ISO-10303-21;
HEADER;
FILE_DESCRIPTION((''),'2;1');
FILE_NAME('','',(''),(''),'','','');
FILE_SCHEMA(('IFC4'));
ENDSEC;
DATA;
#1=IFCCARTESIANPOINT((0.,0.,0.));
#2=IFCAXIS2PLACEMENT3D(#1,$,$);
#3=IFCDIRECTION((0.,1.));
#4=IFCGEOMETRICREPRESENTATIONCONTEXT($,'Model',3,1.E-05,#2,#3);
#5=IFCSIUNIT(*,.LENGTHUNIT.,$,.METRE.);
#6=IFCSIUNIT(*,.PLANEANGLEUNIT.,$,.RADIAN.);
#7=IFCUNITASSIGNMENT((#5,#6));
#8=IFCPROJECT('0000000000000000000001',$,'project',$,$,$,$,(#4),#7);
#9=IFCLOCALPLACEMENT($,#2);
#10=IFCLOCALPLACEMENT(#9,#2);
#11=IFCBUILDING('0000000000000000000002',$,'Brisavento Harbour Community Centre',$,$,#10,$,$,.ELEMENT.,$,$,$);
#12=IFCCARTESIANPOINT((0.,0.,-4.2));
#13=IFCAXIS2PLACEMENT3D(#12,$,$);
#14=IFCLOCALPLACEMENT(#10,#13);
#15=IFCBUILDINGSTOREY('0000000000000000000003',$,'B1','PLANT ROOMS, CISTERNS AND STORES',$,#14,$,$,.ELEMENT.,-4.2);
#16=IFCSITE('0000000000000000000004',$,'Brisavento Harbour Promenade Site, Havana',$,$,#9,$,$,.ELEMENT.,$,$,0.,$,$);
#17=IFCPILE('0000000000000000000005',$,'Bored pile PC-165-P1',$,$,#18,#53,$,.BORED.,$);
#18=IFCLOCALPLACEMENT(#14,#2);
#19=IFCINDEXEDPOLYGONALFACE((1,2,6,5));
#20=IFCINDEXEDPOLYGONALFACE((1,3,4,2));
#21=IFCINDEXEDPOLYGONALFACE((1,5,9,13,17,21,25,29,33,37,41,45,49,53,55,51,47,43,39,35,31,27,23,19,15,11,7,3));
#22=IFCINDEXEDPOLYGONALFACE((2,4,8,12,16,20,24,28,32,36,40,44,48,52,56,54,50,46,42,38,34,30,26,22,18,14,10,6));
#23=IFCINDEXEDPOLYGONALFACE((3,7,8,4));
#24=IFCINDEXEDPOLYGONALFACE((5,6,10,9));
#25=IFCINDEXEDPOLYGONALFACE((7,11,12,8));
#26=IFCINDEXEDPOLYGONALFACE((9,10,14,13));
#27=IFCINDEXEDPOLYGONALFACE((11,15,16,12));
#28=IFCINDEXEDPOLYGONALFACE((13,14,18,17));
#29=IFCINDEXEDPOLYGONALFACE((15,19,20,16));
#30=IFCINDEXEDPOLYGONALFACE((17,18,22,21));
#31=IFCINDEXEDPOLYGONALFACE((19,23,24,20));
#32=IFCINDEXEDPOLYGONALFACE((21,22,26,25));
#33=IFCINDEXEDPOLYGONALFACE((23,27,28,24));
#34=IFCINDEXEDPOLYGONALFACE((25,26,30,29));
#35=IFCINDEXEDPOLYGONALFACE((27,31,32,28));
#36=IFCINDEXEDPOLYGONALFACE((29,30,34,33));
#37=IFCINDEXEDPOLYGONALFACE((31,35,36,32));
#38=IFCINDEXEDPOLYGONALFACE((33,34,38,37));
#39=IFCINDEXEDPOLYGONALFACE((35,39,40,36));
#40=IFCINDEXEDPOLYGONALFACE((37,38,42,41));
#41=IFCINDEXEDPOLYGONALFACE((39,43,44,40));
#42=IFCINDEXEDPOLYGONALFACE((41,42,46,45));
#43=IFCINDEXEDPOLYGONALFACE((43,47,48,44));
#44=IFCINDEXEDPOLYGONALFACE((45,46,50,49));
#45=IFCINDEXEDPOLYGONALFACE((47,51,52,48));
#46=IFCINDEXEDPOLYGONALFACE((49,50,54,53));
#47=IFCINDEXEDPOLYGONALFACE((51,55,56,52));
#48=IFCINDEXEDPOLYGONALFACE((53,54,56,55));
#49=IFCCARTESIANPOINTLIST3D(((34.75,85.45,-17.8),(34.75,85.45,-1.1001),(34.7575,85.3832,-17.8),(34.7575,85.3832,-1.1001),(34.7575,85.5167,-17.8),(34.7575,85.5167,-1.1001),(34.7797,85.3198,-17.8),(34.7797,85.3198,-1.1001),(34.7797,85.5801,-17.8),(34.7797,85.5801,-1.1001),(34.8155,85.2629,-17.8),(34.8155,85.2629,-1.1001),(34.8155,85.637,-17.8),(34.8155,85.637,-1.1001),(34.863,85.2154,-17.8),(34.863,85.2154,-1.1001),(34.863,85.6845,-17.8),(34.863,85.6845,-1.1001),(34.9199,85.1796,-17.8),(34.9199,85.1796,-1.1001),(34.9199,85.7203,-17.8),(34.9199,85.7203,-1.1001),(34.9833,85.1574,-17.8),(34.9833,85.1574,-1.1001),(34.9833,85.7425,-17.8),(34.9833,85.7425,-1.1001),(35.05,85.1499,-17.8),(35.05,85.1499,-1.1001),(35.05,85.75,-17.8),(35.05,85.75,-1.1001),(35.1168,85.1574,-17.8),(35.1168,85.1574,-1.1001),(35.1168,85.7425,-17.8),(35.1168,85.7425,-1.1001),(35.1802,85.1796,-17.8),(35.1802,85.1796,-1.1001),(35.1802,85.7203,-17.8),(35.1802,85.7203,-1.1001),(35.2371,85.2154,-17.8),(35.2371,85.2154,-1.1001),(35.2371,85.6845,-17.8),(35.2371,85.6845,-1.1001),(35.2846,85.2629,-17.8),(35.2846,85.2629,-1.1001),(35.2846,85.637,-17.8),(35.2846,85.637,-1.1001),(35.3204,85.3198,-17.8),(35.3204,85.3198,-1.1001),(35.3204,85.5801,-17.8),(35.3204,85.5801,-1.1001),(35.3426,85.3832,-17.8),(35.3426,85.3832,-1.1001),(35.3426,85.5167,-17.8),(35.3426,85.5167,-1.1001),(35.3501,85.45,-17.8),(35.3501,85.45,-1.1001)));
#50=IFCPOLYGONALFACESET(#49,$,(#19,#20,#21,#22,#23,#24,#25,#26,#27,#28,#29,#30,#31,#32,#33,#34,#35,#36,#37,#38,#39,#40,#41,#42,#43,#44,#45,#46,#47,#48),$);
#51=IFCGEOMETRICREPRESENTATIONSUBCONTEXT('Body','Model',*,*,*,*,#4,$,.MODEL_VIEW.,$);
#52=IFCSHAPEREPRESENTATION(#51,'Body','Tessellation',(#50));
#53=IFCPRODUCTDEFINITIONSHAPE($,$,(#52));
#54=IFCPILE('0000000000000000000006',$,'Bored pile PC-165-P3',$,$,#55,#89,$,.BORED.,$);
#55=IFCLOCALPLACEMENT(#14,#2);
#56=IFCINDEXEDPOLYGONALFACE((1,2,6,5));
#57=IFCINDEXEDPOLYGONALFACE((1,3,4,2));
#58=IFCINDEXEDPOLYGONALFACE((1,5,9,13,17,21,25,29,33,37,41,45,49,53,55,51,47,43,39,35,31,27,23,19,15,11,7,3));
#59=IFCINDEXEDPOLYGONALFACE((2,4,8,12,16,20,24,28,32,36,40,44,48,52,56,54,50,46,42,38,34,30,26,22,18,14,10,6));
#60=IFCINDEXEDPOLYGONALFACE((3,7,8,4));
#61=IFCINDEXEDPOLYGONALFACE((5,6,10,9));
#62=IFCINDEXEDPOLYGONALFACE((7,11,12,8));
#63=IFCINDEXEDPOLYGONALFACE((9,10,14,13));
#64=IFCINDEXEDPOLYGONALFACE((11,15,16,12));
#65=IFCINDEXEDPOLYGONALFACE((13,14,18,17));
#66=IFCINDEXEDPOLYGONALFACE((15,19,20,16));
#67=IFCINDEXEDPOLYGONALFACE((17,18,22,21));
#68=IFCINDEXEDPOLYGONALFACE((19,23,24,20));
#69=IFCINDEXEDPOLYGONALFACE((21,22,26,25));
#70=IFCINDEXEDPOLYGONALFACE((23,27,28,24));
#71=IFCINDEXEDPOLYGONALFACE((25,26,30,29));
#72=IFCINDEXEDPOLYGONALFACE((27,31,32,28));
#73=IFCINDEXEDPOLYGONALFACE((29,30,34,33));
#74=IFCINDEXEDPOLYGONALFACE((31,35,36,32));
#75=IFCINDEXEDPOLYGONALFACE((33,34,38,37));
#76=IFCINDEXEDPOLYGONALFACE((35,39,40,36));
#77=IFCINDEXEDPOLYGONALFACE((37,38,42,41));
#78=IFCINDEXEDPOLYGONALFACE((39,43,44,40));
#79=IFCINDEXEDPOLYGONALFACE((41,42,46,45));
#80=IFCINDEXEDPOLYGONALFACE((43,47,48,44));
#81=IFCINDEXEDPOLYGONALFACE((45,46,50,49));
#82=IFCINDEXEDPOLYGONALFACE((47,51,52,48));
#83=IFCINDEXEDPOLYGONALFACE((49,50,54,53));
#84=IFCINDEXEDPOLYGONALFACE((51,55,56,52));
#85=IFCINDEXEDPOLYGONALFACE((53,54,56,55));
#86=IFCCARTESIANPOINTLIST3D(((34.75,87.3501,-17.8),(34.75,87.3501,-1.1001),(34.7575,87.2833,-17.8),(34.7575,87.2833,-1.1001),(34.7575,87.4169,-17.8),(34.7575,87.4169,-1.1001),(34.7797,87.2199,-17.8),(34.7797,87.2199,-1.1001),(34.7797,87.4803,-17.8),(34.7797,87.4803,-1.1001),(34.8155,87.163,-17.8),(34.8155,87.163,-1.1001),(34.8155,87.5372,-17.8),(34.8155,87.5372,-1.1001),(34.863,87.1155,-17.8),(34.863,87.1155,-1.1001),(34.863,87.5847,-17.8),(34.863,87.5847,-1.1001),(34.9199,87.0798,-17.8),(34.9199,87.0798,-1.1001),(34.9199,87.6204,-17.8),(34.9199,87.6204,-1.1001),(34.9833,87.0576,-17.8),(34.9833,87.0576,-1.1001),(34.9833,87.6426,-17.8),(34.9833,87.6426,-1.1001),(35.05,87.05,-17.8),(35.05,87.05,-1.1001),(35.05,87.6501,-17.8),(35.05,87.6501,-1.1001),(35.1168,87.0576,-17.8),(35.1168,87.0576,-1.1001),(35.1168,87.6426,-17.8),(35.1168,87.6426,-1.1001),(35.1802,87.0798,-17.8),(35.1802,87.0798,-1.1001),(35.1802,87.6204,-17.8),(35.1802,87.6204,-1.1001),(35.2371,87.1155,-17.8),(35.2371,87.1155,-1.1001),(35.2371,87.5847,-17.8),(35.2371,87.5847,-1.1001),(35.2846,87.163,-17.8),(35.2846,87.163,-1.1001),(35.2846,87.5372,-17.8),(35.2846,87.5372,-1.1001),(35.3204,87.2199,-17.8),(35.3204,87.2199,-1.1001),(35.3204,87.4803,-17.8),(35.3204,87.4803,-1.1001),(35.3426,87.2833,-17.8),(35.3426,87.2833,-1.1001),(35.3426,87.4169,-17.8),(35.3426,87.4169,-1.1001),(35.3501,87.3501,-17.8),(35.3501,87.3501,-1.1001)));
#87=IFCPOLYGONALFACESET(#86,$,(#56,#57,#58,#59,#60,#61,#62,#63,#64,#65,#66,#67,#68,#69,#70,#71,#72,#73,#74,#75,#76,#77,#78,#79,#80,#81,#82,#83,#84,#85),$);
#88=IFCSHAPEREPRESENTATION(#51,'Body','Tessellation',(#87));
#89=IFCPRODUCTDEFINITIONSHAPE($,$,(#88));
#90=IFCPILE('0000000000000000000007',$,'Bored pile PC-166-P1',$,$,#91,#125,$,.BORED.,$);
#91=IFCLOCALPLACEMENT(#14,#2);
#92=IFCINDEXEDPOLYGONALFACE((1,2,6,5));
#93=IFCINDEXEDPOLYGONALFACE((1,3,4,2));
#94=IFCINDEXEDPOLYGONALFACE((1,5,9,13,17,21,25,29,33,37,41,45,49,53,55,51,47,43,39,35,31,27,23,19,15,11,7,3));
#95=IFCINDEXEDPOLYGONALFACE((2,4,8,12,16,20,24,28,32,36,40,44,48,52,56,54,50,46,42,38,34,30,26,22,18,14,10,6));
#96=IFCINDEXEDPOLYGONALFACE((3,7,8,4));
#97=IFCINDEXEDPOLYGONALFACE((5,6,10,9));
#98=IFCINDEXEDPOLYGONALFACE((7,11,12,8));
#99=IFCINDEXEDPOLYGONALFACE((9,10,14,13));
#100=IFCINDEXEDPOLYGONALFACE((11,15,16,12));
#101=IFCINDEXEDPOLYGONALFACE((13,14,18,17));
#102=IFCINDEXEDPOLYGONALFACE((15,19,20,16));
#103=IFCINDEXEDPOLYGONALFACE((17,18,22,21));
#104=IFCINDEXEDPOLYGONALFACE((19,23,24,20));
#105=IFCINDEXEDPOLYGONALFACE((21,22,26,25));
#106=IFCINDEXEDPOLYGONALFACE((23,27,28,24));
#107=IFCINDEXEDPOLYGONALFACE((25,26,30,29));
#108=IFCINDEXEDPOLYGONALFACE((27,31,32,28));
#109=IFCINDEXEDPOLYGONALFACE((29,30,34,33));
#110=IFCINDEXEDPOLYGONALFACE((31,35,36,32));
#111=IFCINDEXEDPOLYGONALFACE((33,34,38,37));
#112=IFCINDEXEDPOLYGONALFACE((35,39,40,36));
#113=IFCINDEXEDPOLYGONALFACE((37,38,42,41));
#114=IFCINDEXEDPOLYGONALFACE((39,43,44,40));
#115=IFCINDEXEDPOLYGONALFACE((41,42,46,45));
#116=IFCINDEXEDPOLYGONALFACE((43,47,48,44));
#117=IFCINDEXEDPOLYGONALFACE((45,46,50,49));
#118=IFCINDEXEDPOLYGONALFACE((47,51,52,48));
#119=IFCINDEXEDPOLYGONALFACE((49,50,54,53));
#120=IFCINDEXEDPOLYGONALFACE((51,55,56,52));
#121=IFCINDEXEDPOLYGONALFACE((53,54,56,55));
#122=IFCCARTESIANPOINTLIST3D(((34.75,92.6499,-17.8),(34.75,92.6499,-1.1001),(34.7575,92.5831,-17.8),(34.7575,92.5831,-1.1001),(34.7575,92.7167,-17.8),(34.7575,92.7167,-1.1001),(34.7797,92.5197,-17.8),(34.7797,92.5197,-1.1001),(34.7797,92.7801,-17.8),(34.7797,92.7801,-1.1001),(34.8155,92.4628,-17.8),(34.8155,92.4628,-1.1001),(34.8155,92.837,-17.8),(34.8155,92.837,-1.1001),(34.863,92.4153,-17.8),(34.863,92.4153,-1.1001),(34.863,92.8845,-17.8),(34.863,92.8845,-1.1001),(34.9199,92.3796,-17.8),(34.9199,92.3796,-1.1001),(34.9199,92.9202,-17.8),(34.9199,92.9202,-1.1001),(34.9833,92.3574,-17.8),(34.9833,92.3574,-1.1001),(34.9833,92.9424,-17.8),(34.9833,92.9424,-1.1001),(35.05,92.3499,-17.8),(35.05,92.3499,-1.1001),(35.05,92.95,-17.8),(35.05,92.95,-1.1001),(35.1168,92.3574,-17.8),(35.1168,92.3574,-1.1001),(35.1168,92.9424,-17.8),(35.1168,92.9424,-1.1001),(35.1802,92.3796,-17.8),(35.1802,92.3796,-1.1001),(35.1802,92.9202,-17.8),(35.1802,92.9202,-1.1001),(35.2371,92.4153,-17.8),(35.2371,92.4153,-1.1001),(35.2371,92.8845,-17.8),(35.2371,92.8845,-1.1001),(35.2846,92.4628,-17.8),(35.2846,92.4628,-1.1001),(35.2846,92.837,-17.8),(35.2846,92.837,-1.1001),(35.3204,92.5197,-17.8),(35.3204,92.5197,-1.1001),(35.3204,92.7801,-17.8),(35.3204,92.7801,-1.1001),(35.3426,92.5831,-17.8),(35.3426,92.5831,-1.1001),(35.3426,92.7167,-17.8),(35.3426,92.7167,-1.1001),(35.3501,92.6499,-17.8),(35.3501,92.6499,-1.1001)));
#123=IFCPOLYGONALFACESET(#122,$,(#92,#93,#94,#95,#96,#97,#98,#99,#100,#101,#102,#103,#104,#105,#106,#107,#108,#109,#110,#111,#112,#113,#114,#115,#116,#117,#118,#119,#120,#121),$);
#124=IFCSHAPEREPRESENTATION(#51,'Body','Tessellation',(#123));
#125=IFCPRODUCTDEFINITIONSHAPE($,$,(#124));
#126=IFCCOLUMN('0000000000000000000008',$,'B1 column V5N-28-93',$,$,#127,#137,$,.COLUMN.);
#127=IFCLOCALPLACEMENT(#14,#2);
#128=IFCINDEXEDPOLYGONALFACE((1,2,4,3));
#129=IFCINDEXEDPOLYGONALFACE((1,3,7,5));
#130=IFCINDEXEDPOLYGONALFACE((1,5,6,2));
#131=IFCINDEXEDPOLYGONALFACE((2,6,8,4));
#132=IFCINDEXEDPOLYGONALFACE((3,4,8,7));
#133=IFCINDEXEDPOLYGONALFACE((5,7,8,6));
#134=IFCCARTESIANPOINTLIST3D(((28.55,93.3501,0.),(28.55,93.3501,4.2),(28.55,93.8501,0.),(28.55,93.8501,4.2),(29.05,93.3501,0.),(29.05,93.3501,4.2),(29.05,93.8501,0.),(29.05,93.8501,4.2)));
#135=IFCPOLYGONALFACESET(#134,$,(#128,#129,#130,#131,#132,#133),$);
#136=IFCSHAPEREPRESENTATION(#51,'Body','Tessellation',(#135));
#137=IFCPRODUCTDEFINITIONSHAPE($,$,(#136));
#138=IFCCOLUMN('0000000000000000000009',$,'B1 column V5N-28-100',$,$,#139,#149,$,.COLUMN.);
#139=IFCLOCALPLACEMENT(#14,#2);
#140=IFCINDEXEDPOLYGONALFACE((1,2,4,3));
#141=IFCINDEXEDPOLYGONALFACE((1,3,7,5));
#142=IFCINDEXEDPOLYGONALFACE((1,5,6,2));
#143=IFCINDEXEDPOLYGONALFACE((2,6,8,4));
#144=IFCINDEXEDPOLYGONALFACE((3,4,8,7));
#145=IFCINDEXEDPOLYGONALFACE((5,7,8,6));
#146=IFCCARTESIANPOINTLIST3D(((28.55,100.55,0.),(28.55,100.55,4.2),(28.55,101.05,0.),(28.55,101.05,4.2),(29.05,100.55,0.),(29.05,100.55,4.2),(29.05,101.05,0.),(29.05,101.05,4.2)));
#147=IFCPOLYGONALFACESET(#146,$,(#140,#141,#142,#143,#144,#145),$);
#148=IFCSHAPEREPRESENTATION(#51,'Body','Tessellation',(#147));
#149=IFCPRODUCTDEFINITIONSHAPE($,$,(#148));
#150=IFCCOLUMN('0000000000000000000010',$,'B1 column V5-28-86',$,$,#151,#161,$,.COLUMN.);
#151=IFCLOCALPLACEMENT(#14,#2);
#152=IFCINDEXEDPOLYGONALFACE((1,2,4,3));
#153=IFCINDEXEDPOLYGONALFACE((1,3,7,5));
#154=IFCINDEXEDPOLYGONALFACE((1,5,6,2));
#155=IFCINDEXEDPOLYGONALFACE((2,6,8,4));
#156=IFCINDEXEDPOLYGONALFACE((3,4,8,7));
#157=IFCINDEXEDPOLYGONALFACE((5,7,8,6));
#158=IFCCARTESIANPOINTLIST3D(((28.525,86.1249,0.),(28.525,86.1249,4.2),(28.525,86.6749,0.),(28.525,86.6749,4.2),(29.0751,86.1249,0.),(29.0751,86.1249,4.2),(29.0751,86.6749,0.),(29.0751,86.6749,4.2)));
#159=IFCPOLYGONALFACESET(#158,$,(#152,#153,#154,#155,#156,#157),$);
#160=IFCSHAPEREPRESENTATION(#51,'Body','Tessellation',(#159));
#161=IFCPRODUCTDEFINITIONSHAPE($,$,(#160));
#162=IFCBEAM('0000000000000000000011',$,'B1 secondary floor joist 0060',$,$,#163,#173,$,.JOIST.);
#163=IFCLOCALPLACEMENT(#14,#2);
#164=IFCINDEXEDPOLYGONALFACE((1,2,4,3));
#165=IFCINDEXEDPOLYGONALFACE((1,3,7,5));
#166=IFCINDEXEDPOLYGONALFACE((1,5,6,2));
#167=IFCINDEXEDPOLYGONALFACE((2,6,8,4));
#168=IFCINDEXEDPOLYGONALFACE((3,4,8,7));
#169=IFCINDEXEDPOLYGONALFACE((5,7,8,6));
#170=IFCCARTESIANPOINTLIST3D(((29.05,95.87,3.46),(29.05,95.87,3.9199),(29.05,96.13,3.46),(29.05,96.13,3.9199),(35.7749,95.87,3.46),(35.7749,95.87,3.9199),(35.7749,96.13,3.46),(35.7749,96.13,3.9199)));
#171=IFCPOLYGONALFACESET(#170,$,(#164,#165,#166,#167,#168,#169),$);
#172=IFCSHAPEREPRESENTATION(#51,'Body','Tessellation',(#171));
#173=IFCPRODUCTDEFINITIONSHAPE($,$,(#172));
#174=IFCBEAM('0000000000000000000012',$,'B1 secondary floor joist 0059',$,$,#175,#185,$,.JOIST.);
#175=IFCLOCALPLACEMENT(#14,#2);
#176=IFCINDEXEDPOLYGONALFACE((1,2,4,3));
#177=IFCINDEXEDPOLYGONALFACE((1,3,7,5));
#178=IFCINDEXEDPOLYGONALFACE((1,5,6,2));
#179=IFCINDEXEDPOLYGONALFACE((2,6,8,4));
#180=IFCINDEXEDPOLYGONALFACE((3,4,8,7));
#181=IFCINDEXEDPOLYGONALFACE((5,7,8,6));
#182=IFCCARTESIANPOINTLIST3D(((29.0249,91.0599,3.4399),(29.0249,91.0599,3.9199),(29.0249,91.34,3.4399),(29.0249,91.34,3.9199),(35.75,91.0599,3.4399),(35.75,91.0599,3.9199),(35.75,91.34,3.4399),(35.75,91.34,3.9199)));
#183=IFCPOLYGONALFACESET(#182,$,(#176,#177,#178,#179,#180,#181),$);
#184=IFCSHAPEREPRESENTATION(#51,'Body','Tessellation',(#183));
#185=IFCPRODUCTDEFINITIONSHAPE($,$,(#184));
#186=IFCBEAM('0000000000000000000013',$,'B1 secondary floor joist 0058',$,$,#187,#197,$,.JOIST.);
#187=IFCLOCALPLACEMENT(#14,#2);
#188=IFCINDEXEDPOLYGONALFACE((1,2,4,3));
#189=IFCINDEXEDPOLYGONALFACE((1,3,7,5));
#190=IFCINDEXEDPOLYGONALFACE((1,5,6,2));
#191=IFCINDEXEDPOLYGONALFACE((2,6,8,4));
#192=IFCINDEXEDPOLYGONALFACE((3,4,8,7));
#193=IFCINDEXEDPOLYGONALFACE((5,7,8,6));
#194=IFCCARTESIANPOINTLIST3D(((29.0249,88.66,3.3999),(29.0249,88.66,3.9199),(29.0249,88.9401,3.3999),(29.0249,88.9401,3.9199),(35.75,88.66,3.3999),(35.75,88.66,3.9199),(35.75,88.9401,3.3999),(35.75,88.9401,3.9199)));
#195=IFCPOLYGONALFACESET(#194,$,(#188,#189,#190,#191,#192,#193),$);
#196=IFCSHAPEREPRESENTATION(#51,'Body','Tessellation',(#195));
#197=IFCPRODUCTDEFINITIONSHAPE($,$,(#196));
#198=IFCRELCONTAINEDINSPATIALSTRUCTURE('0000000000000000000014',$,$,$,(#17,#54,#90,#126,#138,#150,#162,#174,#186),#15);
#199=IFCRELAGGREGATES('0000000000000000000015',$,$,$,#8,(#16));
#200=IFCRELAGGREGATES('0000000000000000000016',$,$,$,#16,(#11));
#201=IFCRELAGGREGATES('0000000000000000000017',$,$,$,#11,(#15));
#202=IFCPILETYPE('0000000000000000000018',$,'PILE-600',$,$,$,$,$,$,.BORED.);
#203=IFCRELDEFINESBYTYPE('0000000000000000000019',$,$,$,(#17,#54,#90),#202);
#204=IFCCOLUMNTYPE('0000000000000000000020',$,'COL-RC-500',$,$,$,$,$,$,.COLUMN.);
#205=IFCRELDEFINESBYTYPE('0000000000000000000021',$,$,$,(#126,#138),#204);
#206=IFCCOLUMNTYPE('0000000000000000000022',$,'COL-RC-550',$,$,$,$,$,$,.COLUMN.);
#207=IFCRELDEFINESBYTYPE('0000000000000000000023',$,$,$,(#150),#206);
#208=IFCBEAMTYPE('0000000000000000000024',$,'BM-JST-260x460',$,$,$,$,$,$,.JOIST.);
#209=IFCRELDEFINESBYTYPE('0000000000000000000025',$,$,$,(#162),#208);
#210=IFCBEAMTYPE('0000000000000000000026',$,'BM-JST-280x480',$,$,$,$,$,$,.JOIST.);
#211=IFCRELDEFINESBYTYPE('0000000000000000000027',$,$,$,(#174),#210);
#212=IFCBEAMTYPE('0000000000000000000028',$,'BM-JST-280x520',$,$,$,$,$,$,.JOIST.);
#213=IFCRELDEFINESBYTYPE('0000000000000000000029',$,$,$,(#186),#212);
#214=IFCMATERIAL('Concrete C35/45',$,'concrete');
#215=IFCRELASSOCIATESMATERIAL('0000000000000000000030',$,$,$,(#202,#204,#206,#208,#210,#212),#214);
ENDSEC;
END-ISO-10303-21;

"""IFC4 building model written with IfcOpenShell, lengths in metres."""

from ifc_helpers import new_model, si_unit, direction, frame, origin, origin_2d, place, context, subcontext, project, spatial, rectangle, circle, extrude, material, material_profile, profile_set, type_object, element, save


model = new_model("IFC4")

# Units and contexts
model_context = context("Model", 3, precision=1e-05, world=origin(), true_north=direction((0.0, 1.0)))
body_context = subcontext(model_context, "Body", "Model", "MODEL_VIEW")
ifc_project = project(units=[si_unit("LENGTHUNIT", "METRE"), si_unit("PLANEANGLEUNIT", "RADIAN")], contexts=[model_context])

# Site, building, storey
site_placement = place(None, origin())
site = spatial("IfcSite", under=ifc_project, at=site_placement, Name="Brisavento Harbour Promenade Site, Havana", CompositionType="ELEMENT", RefElevation=0.0)
building_placement = place(site_placement, origin())
building = spatial("IfcBuilding", under=site, at=building_placement, Name="Brisavento Harbour Community Centre", CompositionType="ELEMENT")
storey_placement = place(building_placement, frame((0.0, 0.0, -4.2)))
storey = spatial("IfcBuildingStorey", under=building, at=storey_placement, Name="B1", Description="PLANT ROOMS, CISTERNS AND STORES", CompositionType="ELEMENT", Elevation=-4.2)

# Shared definitions
ifc_material = material(Name="Concrete C35/45", Category="concrete")

# Piles
ifc_material_profile_1 = material_profile(ifc_material, circle(Radius=0.3, at=origin_2d()), Name="Concrete C35/45")
ifc_profile_set_1 = profile_set([ifc_material_profile_1], Name="Concrete C35/45")
pile_type = type_object("IfcPileType", Name="PILE-600", PredefinedType="BORED", material=ifc_profile_set_1)
for number, where, z_axis, x_axis, name in (
    (1, (35.05, 85.45, -1.1001), (0.0, 0.0, -1.0), (1.0, 0.0, 0.0), "Bored pile PC-165-P1"),
    (2, (35.05, 87.3501, -1.1001), (0.0, 0.0, -1.0), (1.0, 0.0, 0.0), "Bored pile PC-165-P3"),
    (3, (35.05, 92.6499, -1.1001), (0.0, 0.0, -1.0), (1.0, 0.0, 0.0), "Bored pile PC-166-P1"),
):
    element("IfcPile", number, at=place(storey_placement, frame(where, z_axis=z_axis, x_axis=x_axis)), inside=storey, type_object=pile_type, Name=name, PredefinedType="BORED", context=body_context, shape_type="SweptSolid", body=[
        extrude(circle(Radius=0.3, at=origin_2d()), origin(), (0.0, 0.0, 1.0), 16.7),
    ])

# Columns
ifc_material_profile_2 = material_profile(ifc_material, rectangle(XDim=0.5, YDim=0.5, at=origin_2d()), Name="Concrete C35/45")
ifc_profile_set_2 = profile_set([ifc_material_profile_2], Name="Concrete C35/45")
column_type_1 = type_object("IfcColumnType", Name="COL-RC-500", PredefinedType="COLUMN", material=ifc_profile_set_2)
for number, where, z_axis, x_axis, name in (
    (4, (28.8, 93.6001, 0.0), (0.0, 0.0, 1.0), (1.0, 0.0, 0.0), "B1 column V5N-28-93"),
    (5, (28.8, 100.8, 0.0), (0.0, 0.0, 1.0), (1.0, 0.0, 0.0), "B1 column V5N-28-100"),
):
    element("IfcColumn", number, at=place(storey_placement, frame(where, z_axis=z_axis, x_axis=x_axis)), inside=storey, type_object=column_type_1, Name=name, PredefinedType="COLUMN", context=body_context, shape_type="SweptSolid", body=[
        extrude(rectangle(XDim=0.5, YDim=0.5, at=origin_2d()), origin(), (0.0, 0.0, 1.0), 4.2),
    ])
ifc_material_profile_3 = material_profile(ifc_material, rectangle(XDim=0.55, YDim=0.55, at=origin_2d()), Name="Concrete C35/45")
ifc_profile_set_3 = profile_set([ifc_material_profile_3], Name="Concrete C35/45")
column_type_2 = type_object("IfcColumnType", Name="COL-RC-550", PredefinedType="COLUMN", material=ifc_profile_set_3)
column_placement = place(storey_placement, frame((28.8, 86.3999, 0.0), z_axis=(0.0, 0.0, 1.0), x_axis=(1.0, 0.0, 0.0)))
element("IfcColumn", 6, at=column_placement, inside=storey, type_object=column_type_2, Name="B1 column V5-28-86", PredefinedType="COLUMN", context=body_context, shape_type="SweptSolid", body=[
    extrude(rectangle(XDim=0.55, YDim=0.55, at=origin_2d()), origin(), (0.0, 0.0, 1.0), 4.2),
])

# Beams
ifc_material_profile_4 = material_profile(ifc_material, rectangle(XDim=0.26, YDim=0.46, at=origin_2d()), Name="Concrete C35/45")
ifc_profile_set_4 = profile_set([ifc_material_profile_4], Name="Concrete C35/45")
beam_type_1 = type_object("IfcBeamType", Name="BM-JST-260x460", PredefinedType="JOIST", material=ifc_profile_set_4)
beam_1_placement = place(storey_placement, frame((29.05, 96.0, 3.6899), z_axis=(1.0, 0.0, 0.0), x_axis=(0.0, 1.0, 0.0)))
element("IfcBeam", 7, at=beam_1_placement, inside=storey, type_object=beam_type_1, Name="B1 secondary floor joist 0060", PredefinedType="JOIST", context=body_context, shape_type="SweptSolid", body=[
    extrude(rectangle(XDim=0.26, YDim=0.46, at=origin_2d()), origin(), (0.0, 0.0, 1.0), 6.7249),
])
ifc_material_profile_5 = material_profile(ifc_material, rectangle(XDim=0.28, YDim=0.48, at=origin_2d()), Name="Concrete C35/45")
ifc_profile_set_5 = profile_set([ifc_material_profile_5], Name="Concrete C35/45")
beam_type_2 = type_object("IfcBeamType", Name="BM-JST-280x480", PredefinedType="JOIST", material=ifc_profile_set_5)
beam_2_placement = place(storey_placement, frame((29.0249, 91.2, 3.6799), z_axis=(1.0, 0.0, 0.0), x_axis=(0.0, 1.0, 0.0)))
element("IfcBeam", 8, at=beam_2_placement, inside=storey, type_object=beam_type_2, Name="B1 secondary floor joist 0059", PredefinedType="JOIST", context=body_context, shape_type="SweptSolid", body=[
    extrude(rectangle(XDim=0.28, YDim=0.48, at=origin_2d()), origin(), (0.0, 0.0, 1.0), 6.7251),
])
ifc_material_profile_6 = material_profile(ifc_material, rectangle(XDim=0.28, YDim=0.52, at=origin_2d()), Name="Concrete C35/45")
ifc_profile_set_6 = profile_set([ifc_material_profile_6], Name="Concrete C35/45")
beam_type_3 = type_object("IfcBeamType", Name="BM-JST-280x520", PredefinedType="JOIST", material=ifc_profile_set_6)
beam_3_placement = place(storey_placement, frame((29.0249, 88.8, 3.6599), z_axis=(1.0, 0.0, 0.0), x_axis=(0.0, 1.0, 0.0)))
element("IfcBeam", 9, at=beam_3_placement, inside=storey, type_object=beam_type_3, Name="B1 secondary floor joist 0058", PredefinedType="JOIST", context=body_context, shape_type="SweptSolid", body=[
    extrude(rectangle(XDim=0.28, YDim=0.52, at=origin_2d()), origin(), (0.0, 0.0, 1.0), 6.7251),
])

save(model, "model.ifc")
